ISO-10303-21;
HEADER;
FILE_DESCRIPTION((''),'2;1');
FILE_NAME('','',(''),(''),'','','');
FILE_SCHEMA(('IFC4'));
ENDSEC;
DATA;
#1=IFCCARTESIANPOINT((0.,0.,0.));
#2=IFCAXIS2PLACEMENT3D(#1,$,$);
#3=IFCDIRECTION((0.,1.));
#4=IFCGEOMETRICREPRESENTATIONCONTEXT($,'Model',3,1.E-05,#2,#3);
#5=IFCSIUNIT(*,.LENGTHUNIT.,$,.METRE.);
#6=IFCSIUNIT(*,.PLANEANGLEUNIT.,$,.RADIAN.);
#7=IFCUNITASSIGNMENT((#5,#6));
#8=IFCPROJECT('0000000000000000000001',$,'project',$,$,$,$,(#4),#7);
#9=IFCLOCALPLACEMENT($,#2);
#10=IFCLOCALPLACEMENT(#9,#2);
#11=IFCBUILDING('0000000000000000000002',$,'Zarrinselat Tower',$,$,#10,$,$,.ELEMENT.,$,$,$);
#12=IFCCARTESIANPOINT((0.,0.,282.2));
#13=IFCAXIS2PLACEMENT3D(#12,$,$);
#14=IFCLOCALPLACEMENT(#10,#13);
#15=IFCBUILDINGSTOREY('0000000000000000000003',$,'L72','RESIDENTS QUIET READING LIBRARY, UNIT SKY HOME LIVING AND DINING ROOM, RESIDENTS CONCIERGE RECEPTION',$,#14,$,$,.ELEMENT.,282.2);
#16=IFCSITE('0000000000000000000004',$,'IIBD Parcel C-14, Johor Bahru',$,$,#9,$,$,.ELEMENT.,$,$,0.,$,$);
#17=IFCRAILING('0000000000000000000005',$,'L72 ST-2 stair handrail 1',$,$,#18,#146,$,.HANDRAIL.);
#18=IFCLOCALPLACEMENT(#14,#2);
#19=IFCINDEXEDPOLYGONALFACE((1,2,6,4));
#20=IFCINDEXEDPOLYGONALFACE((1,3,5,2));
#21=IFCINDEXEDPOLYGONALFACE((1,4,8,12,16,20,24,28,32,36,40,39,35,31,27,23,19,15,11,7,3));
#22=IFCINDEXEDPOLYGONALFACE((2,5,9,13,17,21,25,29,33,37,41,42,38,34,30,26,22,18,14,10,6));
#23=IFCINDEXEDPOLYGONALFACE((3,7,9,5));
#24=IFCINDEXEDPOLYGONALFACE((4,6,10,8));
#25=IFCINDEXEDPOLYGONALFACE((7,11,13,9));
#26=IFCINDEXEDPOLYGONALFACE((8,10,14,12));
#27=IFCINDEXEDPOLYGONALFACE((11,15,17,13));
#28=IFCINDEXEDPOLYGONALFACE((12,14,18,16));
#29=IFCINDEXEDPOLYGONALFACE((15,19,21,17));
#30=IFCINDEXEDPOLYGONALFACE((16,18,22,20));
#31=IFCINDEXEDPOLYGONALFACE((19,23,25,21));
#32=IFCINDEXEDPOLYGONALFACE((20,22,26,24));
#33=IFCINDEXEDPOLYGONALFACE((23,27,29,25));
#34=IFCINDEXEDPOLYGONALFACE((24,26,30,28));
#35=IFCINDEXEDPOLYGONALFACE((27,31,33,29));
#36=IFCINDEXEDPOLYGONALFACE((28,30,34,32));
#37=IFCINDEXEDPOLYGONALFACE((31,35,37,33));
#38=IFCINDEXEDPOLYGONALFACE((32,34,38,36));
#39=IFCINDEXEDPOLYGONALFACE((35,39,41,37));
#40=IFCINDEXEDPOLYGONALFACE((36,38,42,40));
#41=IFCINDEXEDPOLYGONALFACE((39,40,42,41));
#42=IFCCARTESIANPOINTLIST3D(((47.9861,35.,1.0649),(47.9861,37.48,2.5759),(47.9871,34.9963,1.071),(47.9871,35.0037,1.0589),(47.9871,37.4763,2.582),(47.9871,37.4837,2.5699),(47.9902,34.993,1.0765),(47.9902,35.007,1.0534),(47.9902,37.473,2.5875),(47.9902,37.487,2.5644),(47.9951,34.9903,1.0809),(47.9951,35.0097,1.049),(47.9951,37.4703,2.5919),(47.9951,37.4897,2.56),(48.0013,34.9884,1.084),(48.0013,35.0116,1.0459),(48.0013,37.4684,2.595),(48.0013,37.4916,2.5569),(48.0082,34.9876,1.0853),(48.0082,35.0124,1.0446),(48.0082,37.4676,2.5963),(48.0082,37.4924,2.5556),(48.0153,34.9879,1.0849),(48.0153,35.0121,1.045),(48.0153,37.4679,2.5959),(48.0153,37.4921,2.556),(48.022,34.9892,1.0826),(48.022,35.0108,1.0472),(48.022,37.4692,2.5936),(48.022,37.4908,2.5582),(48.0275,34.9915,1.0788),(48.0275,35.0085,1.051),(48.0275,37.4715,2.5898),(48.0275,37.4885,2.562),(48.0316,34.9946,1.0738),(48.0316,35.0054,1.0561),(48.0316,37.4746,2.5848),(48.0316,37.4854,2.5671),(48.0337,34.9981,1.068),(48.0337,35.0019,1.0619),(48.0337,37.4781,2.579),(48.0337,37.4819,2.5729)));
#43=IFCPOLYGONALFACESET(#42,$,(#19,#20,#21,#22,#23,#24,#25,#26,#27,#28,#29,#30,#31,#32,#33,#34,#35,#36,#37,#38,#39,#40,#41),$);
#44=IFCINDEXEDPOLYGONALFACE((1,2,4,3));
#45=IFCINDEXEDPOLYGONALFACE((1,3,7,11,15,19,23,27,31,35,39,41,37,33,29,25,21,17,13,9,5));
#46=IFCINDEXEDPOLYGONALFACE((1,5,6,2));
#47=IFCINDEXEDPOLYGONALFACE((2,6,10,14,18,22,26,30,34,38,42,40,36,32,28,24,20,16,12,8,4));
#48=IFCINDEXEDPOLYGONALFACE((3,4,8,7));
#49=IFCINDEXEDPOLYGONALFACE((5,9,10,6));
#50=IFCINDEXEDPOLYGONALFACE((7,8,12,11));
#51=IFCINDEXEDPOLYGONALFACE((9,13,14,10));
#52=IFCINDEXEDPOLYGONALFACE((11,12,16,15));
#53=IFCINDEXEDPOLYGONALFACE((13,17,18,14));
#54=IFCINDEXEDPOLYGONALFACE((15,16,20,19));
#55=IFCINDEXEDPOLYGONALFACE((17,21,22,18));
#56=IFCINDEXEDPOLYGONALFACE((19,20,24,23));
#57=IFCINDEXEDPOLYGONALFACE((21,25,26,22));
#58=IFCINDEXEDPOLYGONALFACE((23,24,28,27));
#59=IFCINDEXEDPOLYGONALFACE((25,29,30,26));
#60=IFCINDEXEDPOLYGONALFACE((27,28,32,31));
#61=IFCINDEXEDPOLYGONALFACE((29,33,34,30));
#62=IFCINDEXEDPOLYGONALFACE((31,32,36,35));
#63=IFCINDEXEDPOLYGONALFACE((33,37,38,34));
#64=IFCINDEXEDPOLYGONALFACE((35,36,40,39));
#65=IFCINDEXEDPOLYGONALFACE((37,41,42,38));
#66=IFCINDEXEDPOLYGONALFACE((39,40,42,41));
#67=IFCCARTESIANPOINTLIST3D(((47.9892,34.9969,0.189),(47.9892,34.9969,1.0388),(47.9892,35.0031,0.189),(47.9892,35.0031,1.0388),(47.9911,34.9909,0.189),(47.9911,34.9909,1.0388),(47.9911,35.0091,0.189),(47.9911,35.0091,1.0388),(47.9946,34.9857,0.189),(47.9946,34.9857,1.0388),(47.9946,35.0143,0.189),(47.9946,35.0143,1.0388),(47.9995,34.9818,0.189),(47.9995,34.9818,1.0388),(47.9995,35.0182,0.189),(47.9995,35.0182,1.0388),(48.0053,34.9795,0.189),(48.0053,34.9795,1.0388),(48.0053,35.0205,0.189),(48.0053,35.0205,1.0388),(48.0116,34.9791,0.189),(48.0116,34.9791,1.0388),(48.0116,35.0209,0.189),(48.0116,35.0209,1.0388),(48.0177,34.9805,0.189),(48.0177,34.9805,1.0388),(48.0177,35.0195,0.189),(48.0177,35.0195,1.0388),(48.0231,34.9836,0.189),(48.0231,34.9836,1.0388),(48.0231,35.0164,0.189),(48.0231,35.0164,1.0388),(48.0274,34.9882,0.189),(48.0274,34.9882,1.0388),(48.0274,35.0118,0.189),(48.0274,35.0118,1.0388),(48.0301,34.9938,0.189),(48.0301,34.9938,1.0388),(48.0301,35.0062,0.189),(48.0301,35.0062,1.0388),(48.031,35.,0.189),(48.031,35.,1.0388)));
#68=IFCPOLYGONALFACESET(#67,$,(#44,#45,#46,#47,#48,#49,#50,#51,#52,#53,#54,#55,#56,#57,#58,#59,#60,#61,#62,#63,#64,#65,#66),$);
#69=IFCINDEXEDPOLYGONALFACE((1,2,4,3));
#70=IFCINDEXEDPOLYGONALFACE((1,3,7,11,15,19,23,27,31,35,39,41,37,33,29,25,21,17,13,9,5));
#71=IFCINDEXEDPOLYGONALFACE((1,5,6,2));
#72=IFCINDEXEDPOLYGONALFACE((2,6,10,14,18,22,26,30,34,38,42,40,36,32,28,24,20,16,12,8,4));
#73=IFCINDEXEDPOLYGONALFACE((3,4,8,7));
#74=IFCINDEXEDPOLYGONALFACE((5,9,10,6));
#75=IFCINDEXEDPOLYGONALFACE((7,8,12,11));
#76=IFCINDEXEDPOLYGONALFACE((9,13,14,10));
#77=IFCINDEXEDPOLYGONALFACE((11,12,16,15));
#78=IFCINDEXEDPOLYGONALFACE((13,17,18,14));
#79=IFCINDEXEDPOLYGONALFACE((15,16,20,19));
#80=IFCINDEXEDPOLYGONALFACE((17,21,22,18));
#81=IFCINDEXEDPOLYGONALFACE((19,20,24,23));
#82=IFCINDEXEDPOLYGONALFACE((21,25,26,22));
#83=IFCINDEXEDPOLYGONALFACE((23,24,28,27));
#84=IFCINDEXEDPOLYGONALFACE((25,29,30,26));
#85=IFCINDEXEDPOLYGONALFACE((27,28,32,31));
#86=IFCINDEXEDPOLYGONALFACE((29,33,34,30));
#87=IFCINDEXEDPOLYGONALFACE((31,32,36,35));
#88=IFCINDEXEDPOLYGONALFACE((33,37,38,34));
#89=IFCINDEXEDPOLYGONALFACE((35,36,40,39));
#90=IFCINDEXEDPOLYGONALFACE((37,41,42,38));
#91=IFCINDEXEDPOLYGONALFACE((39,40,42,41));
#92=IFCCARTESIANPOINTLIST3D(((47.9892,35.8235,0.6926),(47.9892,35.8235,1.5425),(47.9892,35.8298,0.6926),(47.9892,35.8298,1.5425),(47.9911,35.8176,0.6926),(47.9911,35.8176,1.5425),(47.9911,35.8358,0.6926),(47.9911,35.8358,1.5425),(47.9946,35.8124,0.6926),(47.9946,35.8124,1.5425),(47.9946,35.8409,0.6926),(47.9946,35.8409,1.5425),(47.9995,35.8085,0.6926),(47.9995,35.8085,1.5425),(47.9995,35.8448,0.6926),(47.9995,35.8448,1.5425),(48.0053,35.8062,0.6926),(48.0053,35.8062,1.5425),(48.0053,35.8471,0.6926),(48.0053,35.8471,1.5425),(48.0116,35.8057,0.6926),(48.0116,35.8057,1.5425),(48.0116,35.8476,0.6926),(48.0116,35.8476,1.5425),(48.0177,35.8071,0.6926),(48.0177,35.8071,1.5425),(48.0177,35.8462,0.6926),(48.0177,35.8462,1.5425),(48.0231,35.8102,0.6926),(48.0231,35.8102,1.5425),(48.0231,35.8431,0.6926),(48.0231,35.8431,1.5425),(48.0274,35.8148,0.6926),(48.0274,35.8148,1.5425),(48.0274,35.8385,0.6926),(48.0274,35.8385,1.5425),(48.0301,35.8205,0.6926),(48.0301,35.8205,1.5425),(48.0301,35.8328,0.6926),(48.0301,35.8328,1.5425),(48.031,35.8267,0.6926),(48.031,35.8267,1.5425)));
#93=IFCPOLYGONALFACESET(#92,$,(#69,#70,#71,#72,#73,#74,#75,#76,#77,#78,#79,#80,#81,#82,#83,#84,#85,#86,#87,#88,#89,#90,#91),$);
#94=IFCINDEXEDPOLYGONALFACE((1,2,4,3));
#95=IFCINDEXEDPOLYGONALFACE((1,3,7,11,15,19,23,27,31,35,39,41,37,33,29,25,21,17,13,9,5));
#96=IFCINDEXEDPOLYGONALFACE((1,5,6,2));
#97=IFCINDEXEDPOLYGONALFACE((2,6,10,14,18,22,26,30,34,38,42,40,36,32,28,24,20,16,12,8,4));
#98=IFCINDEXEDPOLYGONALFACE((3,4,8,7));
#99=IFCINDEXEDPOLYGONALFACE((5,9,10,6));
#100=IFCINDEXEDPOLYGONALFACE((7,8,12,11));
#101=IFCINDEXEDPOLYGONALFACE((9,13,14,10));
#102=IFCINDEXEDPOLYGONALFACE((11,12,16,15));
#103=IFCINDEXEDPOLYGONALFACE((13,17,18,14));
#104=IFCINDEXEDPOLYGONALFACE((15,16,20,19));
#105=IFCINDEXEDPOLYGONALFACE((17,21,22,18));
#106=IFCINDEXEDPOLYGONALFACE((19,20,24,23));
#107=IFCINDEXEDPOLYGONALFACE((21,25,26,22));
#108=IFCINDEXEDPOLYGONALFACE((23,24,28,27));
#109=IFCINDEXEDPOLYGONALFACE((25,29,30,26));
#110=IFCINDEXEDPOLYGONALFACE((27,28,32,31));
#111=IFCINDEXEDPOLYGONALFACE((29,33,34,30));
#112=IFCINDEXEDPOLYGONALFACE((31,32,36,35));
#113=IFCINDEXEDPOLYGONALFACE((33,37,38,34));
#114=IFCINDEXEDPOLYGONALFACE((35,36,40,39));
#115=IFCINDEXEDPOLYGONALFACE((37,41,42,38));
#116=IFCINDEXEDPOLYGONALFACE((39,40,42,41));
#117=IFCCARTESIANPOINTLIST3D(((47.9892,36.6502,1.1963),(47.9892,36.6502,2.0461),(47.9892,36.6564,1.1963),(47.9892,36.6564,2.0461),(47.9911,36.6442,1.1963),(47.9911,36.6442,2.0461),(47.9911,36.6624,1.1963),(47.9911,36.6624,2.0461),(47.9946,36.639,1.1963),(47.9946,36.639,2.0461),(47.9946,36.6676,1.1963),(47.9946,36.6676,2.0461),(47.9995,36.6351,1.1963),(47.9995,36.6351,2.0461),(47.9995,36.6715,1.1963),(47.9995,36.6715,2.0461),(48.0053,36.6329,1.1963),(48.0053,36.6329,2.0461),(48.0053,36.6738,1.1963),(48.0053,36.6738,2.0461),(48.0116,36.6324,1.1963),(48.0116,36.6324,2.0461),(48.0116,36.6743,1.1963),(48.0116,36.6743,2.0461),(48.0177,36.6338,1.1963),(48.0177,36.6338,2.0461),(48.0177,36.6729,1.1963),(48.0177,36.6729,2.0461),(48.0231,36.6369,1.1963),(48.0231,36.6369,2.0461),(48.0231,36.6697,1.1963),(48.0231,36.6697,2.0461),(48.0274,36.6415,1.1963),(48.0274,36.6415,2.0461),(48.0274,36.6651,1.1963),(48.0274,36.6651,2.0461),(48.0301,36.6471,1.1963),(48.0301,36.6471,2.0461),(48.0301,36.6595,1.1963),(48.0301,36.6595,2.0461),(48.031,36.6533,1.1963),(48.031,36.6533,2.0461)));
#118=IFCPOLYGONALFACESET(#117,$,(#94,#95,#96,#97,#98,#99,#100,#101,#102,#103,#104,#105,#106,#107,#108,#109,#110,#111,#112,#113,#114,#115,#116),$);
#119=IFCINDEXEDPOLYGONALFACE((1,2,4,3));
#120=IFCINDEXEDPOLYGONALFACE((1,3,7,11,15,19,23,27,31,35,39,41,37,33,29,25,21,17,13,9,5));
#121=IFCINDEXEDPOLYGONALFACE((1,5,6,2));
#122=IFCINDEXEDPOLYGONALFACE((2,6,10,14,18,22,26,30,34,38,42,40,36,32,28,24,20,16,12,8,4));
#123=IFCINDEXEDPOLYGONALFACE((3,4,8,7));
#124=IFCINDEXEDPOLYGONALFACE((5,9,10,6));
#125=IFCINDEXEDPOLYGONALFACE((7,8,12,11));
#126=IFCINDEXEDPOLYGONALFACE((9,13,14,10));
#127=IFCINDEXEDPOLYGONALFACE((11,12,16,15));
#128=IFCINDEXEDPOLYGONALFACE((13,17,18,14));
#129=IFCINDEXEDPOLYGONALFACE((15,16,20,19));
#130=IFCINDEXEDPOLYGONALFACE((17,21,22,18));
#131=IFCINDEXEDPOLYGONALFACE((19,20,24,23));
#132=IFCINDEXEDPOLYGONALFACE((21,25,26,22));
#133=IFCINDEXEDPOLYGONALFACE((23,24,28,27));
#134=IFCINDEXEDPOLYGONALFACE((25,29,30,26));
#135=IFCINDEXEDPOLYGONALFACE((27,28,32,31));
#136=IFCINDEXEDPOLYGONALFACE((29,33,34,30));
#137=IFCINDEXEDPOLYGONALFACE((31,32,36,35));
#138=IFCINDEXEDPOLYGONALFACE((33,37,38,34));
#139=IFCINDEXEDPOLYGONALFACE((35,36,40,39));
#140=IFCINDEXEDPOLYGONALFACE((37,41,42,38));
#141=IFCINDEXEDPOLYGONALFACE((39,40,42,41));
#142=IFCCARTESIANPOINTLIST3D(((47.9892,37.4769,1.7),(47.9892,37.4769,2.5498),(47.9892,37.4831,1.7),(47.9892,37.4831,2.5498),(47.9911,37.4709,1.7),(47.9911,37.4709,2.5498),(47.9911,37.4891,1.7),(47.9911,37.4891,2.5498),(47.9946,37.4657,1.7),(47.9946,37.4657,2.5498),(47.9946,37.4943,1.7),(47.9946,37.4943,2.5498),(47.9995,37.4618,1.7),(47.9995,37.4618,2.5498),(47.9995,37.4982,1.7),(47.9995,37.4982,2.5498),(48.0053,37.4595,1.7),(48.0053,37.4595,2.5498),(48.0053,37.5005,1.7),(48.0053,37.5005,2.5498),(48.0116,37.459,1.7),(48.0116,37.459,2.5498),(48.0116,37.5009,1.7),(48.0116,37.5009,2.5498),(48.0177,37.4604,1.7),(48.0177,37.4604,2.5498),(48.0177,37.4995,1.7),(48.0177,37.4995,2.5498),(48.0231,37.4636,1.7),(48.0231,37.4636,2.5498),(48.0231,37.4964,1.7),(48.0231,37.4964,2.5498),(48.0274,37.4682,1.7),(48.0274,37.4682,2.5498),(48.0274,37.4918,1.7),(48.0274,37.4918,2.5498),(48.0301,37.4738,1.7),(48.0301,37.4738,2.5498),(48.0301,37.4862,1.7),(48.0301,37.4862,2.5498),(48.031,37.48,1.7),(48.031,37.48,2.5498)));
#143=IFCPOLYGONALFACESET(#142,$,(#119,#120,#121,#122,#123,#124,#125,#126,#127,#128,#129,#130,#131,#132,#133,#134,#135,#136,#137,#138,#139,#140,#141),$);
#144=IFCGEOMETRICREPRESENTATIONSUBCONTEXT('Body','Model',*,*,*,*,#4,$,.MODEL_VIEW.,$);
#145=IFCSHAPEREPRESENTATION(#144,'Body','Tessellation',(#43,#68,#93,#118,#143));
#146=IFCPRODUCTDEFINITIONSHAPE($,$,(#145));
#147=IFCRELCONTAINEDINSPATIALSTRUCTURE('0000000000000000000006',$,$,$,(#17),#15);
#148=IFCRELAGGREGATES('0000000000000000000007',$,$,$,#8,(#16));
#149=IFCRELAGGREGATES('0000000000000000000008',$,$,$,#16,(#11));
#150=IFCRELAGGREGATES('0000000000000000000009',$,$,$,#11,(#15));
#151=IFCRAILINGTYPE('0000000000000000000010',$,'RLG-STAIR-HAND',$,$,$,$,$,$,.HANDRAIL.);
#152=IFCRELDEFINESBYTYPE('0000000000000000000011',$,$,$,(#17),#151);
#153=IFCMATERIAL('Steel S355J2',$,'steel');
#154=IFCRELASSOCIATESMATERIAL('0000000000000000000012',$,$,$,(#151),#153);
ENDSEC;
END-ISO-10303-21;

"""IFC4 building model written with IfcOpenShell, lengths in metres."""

from ifc_helpers import new_model, si_unit, direction, frame, origin, origin_2d, place, context, subcontext, project, spatial, circle, extrude, material, type_object, element, save


model = new_model("IFC4")

# Units and contexts
model_context = context("Model", 3, precision=1e-05, world=origin(), true_north=direction((0.0, 1.0)))
body_context = subcontext(model_context, "Body", "Model", "MODEL_VIEW")
ifc_project = project(units=[si_unit("LENGTHUNIT", "METRE"), si_unit("PLANEANGLEUNIT", "RADIAN")], contexts=[model_context])

# Site, building, storey
site_placement = place(None, origin())
site = spatial("IfcSite", under=ifc_project, at=site_placement, Name="IIBD Parcel C-14, Johor Bahru", CompositionType="ELEMENT", RefElevation=0.0)
building_placement = place(site_placement, origin())
building = spatial("IfcBuilding", under=site, at=building_placement, Name="Zarrinselat Tower", CompositionType="ELEMENT")
storey_placement = place(building_placement, frame((0.0, 0.0, 282.2)))
storey = spatial("IfcBuildingStorey", under=building, at=storey_placement, Name="L72", Description="RESIDENTS QUIET READING LIBRARY, UNIT SKY HOME LIVING AND DINING ROOM, RESIDENTS CONCIERGE RECEPTION", CompositionType="ELEMENT", Elevation=282.2)

# Railing
ifc_material_1 = material(Name="Steel S355J2", Category="steel")
railing_type_1 = type_object("IfcRailingType", Name="RLG-STAIR-HAND", PredefinedType="HANDRAIL", material=ifc_material_1)
railing_1_placement = place(storey_placement, frame((48.01, 35.0, 0.189)))
element("IfcRailing", 1, at=railing_1_placement, inside=storey, type_object=railing_type_1, Name="L72 ST-2 stair handrail 1", PredefinedType="HANDRAIL", context=body_context, shape_type="SweptSolid", body=[
    extrude(circle(Radius=0.0239, at=origin_2d()), frame((0.0, 0.0, 0.876), z_axis=(0.0, 0.853979, 0.520307), x_axis=(-1.0, 0.0, 0.0)), (0.0, 0.0, 1.0), 2.9041),
    extrude(circle(Radius=0.021, at=origin_2d()), origin(), (0.0, 0.0, 1.0), 0.8499),
    extrude(circle(Radius=0.021, at=origin_2d()), frame((0.0, 0.8267, 0.5037)), (0.0, 0.0, 1.0), 0.8499),
    extrude(circle(Radius=0.021, at=origin_2d()), frame((0.0, 1.6533, 1.0073)), (0.0, 0.0, 1.0), 0.8499),
    extrude(circle(Radius=0.021, at=origin_2d()), frame((0.0, 2.48, 1.511)), (0.0, 0.0, 1.0), 0.8499),
])

save(model, "model.ifc")
